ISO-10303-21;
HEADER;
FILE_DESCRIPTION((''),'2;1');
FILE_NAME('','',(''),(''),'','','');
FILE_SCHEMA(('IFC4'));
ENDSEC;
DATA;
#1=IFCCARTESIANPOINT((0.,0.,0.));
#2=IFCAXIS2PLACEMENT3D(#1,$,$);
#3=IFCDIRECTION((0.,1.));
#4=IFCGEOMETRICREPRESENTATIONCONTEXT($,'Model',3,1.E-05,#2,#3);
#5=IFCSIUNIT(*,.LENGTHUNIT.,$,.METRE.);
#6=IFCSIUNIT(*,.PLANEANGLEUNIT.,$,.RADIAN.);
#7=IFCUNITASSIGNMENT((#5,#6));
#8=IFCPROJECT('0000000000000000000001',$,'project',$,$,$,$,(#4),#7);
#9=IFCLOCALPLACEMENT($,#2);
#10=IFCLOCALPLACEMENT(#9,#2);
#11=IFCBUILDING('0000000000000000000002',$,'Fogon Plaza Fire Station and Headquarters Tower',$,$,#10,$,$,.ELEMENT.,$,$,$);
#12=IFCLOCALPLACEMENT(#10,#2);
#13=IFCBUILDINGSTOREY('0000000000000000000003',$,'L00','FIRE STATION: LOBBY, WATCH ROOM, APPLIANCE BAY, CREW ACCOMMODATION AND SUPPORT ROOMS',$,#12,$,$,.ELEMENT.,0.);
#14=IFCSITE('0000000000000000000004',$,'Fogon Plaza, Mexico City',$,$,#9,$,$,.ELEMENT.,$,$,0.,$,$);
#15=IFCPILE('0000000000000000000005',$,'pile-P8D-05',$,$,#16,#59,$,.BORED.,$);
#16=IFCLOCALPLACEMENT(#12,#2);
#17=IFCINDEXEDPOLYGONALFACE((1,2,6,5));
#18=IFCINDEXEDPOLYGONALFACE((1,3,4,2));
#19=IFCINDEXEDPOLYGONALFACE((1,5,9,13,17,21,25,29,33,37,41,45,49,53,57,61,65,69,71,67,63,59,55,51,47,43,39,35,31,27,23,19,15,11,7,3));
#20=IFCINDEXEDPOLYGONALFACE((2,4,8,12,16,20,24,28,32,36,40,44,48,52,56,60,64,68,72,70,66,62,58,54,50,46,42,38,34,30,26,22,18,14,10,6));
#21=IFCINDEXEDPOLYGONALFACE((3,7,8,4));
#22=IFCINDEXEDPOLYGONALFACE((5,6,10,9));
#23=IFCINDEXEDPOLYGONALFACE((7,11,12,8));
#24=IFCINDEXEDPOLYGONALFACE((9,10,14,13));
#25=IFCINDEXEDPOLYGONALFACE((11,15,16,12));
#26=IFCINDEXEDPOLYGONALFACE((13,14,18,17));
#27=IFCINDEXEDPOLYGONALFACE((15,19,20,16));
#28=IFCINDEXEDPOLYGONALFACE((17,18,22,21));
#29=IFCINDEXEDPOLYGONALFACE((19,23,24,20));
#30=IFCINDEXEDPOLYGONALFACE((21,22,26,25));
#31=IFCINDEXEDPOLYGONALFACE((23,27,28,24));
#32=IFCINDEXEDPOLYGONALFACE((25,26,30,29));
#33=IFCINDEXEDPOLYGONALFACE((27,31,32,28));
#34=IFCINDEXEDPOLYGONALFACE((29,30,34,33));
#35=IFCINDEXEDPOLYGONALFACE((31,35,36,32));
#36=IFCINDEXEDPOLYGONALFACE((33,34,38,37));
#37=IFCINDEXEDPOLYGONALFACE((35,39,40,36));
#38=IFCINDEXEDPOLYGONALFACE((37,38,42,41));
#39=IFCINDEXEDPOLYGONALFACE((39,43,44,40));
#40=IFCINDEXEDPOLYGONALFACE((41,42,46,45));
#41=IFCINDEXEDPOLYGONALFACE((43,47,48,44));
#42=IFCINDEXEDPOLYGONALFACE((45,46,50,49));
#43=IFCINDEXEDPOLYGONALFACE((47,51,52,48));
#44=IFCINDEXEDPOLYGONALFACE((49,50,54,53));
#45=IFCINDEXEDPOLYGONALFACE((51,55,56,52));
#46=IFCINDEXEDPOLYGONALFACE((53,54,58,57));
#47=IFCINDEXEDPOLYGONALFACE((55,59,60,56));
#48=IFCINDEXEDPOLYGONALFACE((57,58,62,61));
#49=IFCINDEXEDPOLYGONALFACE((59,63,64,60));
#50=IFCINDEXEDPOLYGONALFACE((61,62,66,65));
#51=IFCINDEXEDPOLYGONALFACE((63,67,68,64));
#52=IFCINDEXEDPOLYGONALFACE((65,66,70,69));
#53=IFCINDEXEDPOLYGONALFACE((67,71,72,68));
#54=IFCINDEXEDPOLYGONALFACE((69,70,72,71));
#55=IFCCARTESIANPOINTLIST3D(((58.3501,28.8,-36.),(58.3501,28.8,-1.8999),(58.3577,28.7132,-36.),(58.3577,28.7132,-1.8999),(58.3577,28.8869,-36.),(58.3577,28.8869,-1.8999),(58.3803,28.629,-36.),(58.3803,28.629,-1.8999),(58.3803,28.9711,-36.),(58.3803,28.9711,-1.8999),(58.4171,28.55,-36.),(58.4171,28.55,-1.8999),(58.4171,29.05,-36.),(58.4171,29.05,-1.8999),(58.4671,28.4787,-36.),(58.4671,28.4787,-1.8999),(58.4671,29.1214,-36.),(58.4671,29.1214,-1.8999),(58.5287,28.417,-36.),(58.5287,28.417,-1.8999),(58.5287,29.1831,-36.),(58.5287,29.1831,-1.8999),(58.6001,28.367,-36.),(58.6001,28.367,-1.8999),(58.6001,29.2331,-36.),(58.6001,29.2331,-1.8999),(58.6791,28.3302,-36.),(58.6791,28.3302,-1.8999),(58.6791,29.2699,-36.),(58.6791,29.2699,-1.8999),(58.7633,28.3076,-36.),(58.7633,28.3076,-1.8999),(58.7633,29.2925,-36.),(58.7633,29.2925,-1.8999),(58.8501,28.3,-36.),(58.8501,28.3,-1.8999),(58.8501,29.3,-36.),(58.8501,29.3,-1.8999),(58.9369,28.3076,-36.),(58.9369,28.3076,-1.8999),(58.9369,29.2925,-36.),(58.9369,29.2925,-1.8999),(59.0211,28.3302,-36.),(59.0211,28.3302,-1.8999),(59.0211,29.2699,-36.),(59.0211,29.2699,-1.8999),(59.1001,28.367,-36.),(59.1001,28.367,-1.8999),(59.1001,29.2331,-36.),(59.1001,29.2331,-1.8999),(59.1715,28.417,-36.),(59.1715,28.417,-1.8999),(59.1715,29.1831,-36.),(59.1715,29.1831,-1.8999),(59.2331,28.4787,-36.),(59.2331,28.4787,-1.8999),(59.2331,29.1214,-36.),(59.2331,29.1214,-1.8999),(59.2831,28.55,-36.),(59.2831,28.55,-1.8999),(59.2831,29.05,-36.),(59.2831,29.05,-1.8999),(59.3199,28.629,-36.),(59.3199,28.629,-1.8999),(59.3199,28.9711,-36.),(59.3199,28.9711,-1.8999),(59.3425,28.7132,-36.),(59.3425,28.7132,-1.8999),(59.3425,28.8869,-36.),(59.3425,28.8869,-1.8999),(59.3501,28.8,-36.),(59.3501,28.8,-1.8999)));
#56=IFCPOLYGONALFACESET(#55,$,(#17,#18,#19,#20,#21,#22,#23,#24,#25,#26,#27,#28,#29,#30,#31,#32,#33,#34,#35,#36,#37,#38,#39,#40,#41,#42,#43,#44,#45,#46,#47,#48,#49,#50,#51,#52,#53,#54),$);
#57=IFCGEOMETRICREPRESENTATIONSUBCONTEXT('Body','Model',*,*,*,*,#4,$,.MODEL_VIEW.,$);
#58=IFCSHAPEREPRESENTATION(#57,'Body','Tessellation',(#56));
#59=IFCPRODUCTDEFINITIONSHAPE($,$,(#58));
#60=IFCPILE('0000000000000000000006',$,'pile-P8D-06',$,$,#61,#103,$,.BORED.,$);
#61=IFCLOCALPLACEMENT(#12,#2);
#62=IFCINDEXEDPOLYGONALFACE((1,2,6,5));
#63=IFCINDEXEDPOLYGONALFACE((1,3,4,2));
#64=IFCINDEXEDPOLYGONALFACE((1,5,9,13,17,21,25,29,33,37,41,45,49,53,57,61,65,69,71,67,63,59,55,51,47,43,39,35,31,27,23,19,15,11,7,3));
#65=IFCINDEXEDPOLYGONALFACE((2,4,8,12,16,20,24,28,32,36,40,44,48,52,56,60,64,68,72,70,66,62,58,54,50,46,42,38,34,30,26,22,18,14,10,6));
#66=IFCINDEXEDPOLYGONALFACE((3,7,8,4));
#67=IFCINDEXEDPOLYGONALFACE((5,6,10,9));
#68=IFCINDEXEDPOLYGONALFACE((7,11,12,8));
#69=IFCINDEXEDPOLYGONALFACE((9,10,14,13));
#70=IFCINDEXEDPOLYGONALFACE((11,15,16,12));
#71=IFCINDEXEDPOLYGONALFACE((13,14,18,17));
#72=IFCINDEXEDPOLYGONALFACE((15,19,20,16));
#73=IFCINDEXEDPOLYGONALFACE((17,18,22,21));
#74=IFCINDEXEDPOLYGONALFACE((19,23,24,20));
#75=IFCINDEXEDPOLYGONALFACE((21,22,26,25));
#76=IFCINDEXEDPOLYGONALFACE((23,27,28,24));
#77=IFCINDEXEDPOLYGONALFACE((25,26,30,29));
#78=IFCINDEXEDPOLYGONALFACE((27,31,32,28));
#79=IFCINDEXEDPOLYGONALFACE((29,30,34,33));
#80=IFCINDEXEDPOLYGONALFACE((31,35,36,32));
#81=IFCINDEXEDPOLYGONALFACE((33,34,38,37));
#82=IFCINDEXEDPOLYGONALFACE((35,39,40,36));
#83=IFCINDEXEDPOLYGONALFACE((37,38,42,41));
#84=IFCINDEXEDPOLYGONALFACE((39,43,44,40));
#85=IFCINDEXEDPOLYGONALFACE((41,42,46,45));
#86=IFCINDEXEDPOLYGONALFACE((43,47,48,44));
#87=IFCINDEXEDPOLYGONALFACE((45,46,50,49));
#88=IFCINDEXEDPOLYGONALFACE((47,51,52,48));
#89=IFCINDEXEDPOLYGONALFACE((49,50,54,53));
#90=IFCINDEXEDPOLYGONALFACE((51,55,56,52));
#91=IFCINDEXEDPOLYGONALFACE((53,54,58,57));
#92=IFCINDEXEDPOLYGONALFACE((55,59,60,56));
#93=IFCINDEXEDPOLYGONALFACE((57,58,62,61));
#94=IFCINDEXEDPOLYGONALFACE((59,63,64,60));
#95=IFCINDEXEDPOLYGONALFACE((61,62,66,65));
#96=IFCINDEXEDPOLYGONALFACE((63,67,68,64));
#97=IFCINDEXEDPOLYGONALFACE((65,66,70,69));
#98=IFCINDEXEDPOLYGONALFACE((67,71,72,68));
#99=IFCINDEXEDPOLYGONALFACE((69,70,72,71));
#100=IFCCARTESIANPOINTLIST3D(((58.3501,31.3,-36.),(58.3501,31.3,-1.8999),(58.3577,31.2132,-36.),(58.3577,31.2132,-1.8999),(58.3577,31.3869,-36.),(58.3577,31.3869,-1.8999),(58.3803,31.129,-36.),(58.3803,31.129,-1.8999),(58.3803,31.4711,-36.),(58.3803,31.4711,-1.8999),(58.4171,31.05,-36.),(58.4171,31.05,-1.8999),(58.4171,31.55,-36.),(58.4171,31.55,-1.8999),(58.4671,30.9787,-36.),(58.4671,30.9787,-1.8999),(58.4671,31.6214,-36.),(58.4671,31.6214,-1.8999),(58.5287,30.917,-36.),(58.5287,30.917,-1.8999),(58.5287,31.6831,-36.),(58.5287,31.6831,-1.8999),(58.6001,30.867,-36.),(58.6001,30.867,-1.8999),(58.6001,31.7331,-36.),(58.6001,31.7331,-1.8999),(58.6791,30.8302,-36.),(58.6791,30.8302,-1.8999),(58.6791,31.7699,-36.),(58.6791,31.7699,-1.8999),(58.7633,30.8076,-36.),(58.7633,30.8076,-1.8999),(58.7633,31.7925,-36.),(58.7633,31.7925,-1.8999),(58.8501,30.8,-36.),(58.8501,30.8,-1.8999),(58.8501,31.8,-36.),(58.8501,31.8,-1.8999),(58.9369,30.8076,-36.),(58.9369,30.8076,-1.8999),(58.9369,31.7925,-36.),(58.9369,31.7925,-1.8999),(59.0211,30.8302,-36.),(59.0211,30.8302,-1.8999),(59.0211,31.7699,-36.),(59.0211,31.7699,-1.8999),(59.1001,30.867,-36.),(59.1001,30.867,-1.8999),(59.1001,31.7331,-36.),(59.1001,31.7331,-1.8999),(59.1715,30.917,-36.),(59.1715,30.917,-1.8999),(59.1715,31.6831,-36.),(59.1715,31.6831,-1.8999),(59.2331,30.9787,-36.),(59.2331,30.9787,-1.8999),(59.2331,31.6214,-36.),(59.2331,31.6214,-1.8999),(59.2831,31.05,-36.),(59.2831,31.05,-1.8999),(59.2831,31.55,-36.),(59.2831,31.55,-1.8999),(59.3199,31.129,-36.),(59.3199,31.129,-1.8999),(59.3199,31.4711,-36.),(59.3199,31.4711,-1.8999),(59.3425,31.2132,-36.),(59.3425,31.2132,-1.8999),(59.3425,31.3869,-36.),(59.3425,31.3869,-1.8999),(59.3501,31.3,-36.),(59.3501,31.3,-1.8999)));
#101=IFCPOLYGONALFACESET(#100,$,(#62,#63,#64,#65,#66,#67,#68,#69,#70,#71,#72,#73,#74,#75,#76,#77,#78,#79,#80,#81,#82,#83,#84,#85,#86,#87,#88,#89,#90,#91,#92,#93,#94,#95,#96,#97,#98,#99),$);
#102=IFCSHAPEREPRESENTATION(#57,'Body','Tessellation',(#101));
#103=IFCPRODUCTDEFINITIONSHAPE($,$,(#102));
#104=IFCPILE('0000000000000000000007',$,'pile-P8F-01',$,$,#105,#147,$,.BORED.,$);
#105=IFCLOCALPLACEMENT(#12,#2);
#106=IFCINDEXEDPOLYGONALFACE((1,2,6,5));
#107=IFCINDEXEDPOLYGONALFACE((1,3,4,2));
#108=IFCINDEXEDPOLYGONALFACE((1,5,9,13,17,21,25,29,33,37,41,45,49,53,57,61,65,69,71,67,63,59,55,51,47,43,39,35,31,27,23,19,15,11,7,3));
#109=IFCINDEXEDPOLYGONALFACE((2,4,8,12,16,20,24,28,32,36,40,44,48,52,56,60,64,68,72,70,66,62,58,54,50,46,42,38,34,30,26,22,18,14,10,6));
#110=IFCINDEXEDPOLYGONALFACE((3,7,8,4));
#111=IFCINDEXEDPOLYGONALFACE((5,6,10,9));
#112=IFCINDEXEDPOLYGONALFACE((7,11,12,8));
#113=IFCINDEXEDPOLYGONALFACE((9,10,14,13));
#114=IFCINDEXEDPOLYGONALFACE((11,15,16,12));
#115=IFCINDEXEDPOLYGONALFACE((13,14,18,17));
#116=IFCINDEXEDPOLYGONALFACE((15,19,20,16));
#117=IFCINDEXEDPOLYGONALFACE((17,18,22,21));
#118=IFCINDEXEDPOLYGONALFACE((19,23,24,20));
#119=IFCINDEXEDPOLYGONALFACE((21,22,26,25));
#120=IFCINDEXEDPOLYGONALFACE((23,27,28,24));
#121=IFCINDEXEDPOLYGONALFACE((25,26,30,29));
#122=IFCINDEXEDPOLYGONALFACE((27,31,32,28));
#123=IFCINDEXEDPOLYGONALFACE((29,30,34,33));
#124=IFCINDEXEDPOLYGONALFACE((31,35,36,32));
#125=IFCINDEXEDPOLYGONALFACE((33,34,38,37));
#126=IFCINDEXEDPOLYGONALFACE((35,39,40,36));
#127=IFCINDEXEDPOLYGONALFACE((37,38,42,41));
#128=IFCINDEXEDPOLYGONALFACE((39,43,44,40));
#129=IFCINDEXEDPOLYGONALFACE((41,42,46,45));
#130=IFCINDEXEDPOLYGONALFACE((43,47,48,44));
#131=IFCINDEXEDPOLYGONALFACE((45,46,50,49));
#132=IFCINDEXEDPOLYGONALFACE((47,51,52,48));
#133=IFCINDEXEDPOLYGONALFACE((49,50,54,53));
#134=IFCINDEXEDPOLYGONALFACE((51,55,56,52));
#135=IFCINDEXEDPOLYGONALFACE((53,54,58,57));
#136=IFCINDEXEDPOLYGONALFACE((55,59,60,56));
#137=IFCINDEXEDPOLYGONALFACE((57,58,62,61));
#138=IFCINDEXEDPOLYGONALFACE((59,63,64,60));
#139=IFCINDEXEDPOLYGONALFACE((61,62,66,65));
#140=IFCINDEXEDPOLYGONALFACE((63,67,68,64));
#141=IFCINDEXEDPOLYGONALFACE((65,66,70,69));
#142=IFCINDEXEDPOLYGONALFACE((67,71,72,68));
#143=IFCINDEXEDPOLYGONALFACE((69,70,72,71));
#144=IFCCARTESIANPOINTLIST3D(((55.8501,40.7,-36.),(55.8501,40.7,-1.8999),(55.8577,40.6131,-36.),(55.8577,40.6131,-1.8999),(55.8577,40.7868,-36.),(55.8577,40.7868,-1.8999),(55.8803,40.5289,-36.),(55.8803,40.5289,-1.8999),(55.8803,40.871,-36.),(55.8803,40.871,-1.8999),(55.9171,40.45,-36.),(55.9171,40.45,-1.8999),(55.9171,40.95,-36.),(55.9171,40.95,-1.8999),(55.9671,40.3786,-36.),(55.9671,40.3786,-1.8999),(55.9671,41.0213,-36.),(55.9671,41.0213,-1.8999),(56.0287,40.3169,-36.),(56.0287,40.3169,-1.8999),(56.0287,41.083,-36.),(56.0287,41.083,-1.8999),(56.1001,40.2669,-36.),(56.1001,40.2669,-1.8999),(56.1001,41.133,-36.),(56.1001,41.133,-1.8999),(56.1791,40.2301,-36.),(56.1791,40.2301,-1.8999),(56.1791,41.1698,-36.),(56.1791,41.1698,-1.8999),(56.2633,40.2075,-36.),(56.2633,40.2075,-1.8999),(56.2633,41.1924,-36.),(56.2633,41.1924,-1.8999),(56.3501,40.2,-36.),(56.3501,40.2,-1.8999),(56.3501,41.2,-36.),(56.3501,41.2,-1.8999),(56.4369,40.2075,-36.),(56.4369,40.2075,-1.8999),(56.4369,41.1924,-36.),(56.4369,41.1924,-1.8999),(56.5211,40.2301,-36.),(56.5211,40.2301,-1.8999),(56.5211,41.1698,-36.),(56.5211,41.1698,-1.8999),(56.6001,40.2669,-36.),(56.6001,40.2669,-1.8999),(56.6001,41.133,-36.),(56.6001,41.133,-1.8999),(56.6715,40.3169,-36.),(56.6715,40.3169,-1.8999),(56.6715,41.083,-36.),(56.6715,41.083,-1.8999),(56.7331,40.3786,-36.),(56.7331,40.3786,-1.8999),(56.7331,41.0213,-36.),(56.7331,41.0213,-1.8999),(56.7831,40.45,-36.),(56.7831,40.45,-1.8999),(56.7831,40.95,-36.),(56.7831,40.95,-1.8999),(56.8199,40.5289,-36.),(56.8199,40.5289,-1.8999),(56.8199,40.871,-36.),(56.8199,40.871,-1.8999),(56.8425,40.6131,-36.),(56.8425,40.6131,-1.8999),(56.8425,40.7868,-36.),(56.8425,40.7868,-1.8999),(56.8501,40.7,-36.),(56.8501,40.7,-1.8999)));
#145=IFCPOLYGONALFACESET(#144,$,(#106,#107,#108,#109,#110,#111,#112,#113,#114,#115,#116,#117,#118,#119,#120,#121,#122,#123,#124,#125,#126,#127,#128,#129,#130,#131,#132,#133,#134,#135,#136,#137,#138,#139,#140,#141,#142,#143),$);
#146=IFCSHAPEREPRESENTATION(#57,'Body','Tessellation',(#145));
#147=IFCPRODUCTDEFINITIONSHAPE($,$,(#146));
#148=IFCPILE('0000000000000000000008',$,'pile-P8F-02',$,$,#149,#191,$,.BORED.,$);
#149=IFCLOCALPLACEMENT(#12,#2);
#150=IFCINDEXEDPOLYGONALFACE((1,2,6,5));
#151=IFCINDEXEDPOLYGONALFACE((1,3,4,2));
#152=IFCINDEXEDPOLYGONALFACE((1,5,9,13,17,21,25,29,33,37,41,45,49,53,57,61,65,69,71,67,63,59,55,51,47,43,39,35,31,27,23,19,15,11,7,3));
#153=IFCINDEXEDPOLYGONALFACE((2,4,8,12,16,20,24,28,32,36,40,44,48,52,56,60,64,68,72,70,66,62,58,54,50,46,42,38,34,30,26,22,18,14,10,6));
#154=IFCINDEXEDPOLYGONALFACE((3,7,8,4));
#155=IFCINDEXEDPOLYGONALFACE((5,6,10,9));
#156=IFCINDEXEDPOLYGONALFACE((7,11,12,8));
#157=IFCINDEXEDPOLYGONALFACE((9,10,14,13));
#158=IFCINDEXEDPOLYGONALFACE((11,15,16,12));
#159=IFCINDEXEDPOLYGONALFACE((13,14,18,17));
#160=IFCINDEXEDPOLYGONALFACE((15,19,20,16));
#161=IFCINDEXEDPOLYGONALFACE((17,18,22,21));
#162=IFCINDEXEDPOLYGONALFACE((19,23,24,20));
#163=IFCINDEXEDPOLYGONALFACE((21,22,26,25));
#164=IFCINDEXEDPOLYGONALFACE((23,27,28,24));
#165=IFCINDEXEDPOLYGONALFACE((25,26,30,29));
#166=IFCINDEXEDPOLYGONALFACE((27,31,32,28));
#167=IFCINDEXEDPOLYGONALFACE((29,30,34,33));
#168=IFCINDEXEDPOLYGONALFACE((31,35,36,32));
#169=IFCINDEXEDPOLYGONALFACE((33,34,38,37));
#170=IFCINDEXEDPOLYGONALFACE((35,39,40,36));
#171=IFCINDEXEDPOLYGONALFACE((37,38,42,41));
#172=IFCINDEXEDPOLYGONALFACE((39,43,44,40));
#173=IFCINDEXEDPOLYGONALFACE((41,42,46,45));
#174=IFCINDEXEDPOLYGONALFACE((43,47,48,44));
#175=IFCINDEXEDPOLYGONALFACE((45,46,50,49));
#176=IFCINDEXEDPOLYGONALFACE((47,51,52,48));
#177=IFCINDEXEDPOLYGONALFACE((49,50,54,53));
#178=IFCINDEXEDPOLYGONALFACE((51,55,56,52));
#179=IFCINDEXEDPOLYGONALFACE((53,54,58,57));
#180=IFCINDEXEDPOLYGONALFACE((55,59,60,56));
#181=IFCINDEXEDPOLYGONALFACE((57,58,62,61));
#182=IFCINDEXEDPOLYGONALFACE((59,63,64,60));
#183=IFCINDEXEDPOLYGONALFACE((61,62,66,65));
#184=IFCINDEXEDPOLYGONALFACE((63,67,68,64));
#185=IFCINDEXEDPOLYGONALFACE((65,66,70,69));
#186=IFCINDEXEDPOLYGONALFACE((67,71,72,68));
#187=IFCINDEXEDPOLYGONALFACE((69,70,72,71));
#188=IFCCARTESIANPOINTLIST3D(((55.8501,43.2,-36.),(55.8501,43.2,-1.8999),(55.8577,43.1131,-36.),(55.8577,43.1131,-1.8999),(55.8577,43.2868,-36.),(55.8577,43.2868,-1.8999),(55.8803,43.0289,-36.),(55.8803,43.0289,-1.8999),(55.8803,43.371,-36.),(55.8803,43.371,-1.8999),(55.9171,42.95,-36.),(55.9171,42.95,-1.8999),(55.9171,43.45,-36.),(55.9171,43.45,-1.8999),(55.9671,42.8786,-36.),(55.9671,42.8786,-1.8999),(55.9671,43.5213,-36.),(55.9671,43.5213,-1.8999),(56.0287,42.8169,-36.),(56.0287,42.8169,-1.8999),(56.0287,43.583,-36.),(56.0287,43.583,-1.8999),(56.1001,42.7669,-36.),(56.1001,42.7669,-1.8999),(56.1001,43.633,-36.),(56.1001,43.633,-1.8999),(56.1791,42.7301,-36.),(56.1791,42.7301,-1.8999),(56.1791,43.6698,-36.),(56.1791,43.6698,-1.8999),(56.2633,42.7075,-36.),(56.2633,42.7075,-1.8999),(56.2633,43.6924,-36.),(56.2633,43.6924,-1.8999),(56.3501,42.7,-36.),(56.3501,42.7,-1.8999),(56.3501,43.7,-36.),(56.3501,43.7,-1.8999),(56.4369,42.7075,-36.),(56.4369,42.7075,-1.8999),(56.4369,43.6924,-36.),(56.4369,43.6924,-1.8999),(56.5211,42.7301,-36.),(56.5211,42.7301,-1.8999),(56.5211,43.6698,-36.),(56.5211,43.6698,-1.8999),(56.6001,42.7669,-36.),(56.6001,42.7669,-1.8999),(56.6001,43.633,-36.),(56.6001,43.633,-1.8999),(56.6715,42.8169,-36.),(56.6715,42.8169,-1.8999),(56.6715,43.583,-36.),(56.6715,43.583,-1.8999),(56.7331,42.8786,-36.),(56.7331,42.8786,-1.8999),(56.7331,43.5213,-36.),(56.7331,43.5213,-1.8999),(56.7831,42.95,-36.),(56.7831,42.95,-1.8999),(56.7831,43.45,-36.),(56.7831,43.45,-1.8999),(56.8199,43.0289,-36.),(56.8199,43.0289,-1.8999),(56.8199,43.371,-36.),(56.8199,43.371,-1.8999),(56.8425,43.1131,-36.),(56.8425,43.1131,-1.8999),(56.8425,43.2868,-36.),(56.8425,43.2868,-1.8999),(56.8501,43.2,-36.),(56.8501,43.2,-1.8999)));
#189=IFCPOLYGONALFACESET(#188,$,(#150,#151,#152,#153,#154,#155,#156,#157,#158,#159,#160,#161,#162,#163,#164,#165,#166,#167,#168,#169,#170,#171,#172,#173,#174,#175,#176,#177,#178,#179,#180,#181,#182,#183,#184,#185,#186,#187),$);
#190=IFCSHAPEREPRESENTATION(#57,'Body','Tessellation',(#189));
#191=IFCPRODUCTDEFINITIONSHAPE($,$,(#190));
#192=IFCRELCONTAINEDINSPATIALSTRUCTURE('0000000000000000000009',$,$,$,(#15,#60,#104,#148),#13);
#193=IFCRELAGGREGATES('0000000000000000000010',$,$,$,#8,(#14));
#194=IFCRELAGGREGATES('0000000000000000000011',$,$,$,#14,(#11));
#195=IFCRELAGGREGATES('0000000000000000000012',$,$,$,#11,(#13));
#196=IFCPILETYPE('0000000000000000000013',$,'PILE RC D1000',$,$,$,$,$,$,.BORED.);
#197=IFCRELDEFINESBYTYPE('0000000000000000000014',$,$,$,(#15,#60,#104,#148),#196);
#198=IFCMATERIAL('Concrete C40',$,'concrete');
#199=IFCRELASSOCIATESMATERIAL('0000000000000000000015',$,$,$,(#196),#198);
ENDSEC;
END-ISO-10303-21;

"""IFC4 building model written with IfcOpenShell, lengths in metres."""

from ifc_helpers import new_model, si_unit, direction, frame, origin, origin_2d, place, context, subcontext, project, spatial, circle, extrude, material, material_profile, profile_set, type_object, element, save


model = new_model("IFC4")

# Units and contexts
model_context = context("Model", 3, precision=1e-05, world=origin(), true_north=direction((0.0, 1.0)))
body_context = subcontext(model_context, "Body", "Model", "MODEL_VIEW")
ifc_project = project(units=[si_unit("LENGTHUNIT", "METRE"), si_unit("PLANEANGLEUNIT", "RADIAN")], contexts=[model_context])

# Site, building, storey
site_placement = place(None, origin())
site = spatial("IfcSite", under=ifc_project, at=site_placement, Name="Fogon Plaza, Mexico City", CompositionType="ELEMENT", RefElevation=0.0)
building_placement = place(site_placement, origin())
building = spatial("IfcBuilding", under=site, at=building_placement, Name="Fogon Plaza Fire Station and Headquarters Tower", CompositionType="ELEMENT")
storey_placement = place(building_placement, origin())
storey = spatial("IfcBuildingStorey", under=building, at=storey_placement, Name="L00", Description="FIRE STATION: LOBBY, WATCH ROOM, APPLIANCE BAY, CREW ACCOMMODATION AND SUPPORT ROOMS", CompositionType="ELEMENT", Elevation=0.0)

# Piles
ifc_material_1 = material(Name="Concrete C40", Category="concrete")
ifc_material_profile_1 = material_profile(ifc_material_1, circle(Radius=0.5, at=origin_2d()), Name="RC D1000")
ifc_profile_set_1 = profile_set([ifc_material_profile_1], Name="Concrete C40")
pile_type = type_object("IfcPileType", Name="PILE RC D1000", PredefinedType="BORED", material=ifc_profile_set_1)
for number, where, z_axis, x_axis, name in (
    (1, (58.8501, 28.8, -1.8999), (0.0, 0.0, -1.0), (1.0, 0.0, 0.0), "pile-P8D-05"),
    (2, (58.8501, 31.3, -1.8999), (0.0, 0.0, -1.0), (1.0, 0.0, 0.0), "pile-P8D-06"),
    (3, (56.3501, 40.7, -1.8999), (0.0, 0.0, -1.0), (1.0, 0.0, 0.0), "pile-P8F-01"),
    (4, (56.3501, 43.2, -1.8999), (0.0, 0.0, -1.0), (1.0, 0.0, 0.0), "pile-P8F-02"),
):
    element("IfcPile", number, at=place(storey_placement, frame(where, z_axis=z_axis, x_axis=x_axis)), inside=storey, type_object=pile_type, Name=name, PredefinedType="BORED", context=body_context, shape_type="SweptSolid", body=[
        extrude(circle(Radius=0.5, at=origin_2d()), origin(), (0.0, 0.0, 1.0), 34.1001),
    ])

save(model, "model.ifc")
